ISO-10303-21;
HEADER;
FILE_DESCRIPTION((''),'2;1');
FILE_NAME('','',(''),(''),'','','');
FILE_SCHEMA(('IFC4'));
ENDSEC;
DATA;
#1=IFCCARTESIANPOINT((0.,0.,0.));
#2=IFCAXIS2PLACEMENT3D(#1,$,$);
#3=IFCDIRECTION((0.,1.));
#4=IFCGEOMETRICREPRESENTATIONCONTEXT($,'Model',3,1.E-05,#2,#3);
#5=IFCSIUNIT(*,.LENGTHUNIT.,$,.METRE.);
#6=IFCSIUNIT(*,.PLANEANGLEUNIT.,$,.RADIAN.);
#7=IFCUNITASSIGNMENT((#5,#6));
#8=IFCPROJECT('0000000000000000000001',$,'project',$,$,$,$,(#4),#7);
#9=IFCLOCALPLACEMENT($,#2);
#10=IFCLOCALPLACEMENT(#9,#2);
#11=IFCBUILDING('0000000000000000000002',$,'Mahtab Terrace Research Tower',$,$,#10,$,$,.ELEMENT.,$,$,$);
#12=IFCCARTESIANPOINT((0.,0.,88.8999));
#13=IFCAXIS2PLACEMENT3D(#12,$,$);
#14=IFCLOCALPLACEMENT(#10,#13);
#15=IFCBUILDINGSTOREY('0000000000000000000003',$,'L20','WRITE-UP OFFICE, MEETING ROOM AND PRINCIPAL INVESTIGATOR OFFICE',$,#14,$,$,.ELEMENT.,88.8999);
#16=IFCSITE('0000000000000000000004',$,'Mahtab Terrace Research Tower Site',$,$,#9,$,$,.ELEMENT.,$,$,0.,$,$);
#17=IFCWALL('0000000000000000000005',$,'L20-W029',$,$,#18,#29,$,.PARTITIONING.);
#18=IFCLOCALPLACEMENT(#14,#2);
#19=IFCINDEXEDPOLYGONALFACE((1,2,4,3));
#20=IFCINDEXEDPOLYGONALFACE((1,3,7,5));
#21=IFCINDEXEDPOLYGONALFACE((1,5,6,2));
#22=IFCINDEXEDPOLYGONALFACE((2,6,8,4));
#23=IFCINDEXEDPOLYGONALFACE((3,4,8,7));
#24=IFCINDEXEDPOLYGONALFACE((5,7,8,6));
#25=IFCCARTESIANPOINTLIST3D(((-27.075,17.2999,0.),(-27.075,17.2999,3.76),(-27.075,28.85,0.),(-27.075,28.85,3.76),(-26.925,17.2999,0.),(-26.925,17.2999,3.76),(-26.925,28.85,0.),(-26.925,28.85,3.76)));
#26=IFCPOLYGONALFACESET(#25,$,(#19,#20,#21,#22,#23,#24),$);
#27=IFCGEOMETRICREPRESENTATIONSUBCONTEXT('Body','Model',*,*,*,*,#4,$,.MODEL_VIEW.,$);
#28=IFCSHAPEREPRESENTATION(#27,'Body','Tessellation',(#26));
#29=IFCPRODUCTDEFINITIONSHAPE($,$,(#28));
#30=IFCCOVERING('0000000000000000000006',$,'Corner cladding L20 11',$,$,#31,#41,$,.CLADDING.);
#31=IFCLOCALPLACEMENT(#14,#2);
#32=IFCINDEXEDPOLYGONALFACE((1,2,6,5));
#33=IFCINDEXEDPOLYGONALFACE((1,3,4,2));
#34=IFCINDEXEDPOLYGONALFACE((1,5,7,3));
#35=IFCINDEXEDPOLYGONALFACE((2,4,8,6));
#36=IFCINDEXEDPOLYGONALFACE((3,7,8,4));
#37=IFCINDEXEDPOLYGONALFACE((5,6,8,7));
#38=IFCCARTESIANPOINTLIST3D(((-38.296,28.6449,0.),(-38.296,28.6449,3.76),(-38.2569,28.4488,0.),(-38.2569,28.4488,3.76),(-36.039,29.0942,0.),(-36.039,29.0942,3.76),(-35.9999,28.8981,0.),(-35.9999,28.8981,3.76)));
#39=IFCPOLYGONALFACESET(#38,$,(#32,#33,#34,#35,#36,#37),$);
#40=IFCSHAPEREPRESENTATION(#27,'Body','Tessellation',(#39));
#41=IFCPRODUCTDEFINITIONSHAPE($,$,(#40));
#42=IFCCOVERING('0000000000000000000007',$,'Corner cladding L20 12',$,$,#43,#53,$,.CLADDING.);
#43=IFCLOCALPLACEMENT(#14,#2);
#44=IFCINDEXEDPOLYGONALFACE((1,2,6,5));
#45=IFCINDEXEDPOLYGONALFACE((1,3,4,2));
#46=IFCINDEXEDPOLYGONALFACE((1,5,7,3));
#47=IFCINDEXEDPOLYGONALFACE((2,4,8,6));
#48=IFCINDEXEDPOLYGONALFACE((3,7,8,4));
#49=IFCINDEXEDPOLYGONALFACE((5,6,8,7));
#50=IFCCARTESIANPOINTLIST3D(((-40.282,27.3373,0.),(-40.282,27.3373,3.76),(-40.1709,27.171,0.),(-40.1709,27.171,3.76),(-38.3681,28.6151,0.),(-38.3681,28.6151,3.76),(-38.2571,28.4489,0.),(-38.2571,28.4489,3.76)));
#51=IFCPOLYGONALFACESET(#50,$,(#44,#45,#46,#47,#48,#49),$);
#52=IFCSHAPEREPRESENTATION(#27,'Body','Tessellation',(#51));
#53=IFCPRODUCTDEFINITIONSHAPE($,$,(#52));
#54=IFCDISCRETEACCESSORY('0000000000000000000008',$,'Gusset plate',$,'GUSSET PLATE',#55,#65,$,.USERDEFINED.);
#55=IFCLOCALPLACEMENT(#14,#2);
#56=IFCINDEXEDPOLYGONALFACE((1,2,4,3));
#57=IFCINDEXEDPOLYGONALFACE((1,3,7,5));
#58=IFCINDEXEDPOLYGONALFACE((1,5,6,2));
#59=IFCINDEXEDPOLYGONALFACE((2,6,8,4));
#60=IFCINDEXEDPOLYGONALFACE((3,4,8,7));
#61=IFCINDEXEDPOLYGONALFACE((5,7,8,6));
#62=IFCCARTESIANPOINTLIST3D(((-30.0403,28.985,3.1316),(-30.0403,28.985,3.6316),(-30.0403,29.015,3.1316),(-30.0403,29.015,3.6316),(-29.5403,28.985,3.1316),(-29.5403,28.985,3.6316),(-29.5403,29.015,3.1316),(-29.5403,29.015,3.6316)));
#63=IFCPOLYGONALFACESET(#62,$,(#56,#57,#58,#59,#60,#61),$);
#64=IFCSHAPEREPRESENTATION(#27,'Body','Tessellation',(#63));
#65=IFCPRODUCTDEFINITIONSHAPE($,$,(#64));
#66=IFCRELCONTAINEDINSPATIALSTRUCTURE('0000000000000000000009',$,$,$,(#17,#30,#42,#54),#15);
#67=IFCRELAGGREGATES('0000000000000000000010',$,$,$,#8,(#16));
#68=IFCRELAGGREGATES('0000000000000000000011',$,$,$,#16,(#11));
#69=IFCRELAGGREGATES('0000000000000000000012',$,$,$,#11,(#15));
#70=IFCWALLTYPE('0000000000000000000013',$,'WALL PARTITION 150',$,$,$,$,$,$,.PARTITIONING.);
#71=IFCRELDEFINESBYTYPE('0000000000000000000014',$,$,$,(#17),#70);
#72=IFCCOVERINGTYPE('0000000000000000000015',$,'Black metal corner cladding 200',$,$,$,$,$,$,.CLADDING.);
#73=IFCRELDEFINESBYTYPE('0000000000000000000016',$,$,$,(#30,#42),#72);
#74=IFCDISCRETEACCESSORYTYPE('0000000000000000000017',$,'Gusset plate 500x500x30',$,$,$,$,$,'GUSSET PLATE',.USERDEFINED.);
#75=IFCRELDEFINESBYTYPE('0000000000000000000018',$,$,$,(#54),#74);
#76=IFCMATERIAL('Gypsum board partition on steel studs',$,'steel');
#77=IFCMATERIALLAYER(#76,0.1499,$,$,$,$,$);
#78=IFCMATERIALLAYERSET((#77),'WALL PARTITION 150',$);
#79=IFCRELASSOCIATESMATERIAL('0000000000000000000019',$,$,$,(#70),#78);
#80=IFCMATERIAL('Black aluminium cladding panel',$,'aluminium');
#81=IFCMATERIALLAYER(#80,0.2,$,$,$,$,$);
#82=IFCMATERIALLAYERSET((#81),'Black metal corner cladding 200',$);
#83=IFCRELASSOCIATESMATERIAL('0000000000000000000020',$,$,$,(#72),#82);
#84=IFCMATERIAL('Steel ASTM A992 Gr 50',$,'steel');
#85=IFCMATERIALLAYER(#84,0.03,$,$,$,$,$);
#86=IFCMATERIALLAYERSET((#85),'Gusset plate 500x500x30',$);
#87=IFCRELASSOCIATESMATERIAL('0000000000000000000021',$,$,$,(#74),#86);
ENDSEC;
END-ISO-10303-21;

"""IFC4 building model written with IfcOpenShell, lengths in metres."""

from ifc_helpers import new_model, si_unit, direction, frame, frame_2d, origin, origin_2d, place, context, subcontext, project, spatial, rectangle, extrude, material, layer, layer_set, type_object, element, save


model = new_model("IFC4")

# Units and contexts
model_context = context("Model", 3, precision=1e-05, world=origin(), true_north=direction((0.0, 1.0)))
body_context = subcontext(model_context, "Body", "Model", "MODEL_VIEW")
ifc_project = project(units=[si_unit("LENGTHUNIT", "METRE"), si_unit("PLANEANGLEUNIT", "RADIAN")], contexts=[model_context])

# Site, building, storey
site_placement = place(None, origin())
site = spatial("IfcSite", under=ifc_project, at=site_placement, Name="Mahtab Terrace Research Tower Site", CompositionType="ELEMENT", RefElevation=0.0)
building_placement = place(site_placement, origin())
building = spatial("IfcBuilding", under=site, at=building_placement, Name="Mahtab Terrace Research Tower", CompositionType="ELEMENT")
storey_placement = place(building_placement, frame((0.0, 0.0, 88.8999)))
storey = spatial("IfcBuildingStorey", under=building, at=storey_placement, Name="L20", Description="WRITE-UP OFFICE, MEETING ROOM AND PRINCIPAL INVESTIGATOR OFFICE", CompositionType="ELEMENT", Elevation=88.8999)

# Shared definitions
ifc_material_1 = material(Name="Steel ASTM A992 Gr 50", Category="steel")

# Shared definitions
ifc_material_2 = material(Name="Black aluminium cladding panel", Category="aluminium")

# Wall
ifc_material_3 = material(Name="Gypsum board partition on steel studs", Category="steel")
ifc_layer_1 = layer(ifc_material_3, 0.1499)
ifc_layer_set_1 = layer_set([ifc_layer_1], Name="WALL PARTITION 150")
wall_type_1 = type_object("IfcWallType", Name="WALL PARTITION 150", PredefinedType="PARTITIONING", material=ifc_layer_set_1)
for number, where, z_axis, x_axis, name in (
    (1, (-27.0, 17.3, 0.0), (0.0, 0.0, 1.0), (0.0, 1.0, 0.0), "L20-W029"),
):
    element("IfcWall", number, at=place(storey_placement, frame(where, z_axis=z_axis, x_axis=x_axis)), inside=storey, type_object=wall_type_1, Name=name, PredefinedType="PARTITIONING", context=body_context, shape_type="SweptSolid", body=[
        extrude(rectangle(XDim=11.55, YDim=0.1499, at=frame_2d((5.7749, 0.0))), origin(), (0.0, 0.0, 1.0), 3.76),
    ])

# Coverings
ifc_layer_2 = layer(ifc_material_2, 0.2)
ifc_layer_set_2 = layer_set([ifc_layer_2], Name="Black metal corner cladding 200")
covering_type = type_object("IfcCoveringType", Name="Black metal corner cladding 200", PredefinedType="CLADDING", material=ifc_layer_set_2)
for number, where, z_axis, x_axis, name in (
    (2, (-37.1479, 28.7715, 0.0), (0.0, 0.0, 1.0), (-0.980761, -0.195212, 0.0), "Corner cladding L20 11"),
    (3, (-39.2695, 27.8931, 0.0), (0.0, 0.0, 1.0), (-0.831656, -0.555291, 0.0), "Corner cladding L20 12"),
):
    element("IfcCovering", number, at=place(storey_placement, frame(where, z_axis=z_axis, x_axis=x_axis)), inside=storey, type_object=covering_type, Name=name, PredefinedType="CLADDING", context=body_context, shape_type="SweptSolid", body=[
        extrude(rectangle(XDim=2.3013, YDim=0.2, at=origin_2d()), origin(), (0.0, 0.0, 1.0), 3.76),
    ])

# Discrete accessory
ifc_layer_3 = layer(ifc_material_1, 0.03)
ifc_layer_set_3 = layer_set([ifc_layer_3], Name="Gusset plate 500x500x30")
discrete_accessory_type = type_object("IfcDiscreteAccessoryType", Name="Gusset plate 500x500x30", ElementType="GUSSET PLATE", PredefinedType="USERDEFINED", material=ifc_layer_set_3)
discrete_accessory_placement = place(storey_placement, frame((-29.7903, 29.0, 3.1316), z_axis=(0.0, 0.0, 1.0), x_axis=(1.0, 0.0, 0.0)))
element("IfcDiscreteAccessory", 4, at=discrete_accessory_placement, inside=storey, type_object=discrete_accessory_type, Name="Gusset plate", ObjectType="GUSSET PLATE", PredefinedType="USERDEFINED", context=body_context, shape_type="SweptSolid", body=[
    extrude(rectangle(XDim=0.5, YDim=0.03, at=origin_2d()), origin(), (0.0, 0.0, 1.0), 0.5),
])

save(model, "model.ifc")
